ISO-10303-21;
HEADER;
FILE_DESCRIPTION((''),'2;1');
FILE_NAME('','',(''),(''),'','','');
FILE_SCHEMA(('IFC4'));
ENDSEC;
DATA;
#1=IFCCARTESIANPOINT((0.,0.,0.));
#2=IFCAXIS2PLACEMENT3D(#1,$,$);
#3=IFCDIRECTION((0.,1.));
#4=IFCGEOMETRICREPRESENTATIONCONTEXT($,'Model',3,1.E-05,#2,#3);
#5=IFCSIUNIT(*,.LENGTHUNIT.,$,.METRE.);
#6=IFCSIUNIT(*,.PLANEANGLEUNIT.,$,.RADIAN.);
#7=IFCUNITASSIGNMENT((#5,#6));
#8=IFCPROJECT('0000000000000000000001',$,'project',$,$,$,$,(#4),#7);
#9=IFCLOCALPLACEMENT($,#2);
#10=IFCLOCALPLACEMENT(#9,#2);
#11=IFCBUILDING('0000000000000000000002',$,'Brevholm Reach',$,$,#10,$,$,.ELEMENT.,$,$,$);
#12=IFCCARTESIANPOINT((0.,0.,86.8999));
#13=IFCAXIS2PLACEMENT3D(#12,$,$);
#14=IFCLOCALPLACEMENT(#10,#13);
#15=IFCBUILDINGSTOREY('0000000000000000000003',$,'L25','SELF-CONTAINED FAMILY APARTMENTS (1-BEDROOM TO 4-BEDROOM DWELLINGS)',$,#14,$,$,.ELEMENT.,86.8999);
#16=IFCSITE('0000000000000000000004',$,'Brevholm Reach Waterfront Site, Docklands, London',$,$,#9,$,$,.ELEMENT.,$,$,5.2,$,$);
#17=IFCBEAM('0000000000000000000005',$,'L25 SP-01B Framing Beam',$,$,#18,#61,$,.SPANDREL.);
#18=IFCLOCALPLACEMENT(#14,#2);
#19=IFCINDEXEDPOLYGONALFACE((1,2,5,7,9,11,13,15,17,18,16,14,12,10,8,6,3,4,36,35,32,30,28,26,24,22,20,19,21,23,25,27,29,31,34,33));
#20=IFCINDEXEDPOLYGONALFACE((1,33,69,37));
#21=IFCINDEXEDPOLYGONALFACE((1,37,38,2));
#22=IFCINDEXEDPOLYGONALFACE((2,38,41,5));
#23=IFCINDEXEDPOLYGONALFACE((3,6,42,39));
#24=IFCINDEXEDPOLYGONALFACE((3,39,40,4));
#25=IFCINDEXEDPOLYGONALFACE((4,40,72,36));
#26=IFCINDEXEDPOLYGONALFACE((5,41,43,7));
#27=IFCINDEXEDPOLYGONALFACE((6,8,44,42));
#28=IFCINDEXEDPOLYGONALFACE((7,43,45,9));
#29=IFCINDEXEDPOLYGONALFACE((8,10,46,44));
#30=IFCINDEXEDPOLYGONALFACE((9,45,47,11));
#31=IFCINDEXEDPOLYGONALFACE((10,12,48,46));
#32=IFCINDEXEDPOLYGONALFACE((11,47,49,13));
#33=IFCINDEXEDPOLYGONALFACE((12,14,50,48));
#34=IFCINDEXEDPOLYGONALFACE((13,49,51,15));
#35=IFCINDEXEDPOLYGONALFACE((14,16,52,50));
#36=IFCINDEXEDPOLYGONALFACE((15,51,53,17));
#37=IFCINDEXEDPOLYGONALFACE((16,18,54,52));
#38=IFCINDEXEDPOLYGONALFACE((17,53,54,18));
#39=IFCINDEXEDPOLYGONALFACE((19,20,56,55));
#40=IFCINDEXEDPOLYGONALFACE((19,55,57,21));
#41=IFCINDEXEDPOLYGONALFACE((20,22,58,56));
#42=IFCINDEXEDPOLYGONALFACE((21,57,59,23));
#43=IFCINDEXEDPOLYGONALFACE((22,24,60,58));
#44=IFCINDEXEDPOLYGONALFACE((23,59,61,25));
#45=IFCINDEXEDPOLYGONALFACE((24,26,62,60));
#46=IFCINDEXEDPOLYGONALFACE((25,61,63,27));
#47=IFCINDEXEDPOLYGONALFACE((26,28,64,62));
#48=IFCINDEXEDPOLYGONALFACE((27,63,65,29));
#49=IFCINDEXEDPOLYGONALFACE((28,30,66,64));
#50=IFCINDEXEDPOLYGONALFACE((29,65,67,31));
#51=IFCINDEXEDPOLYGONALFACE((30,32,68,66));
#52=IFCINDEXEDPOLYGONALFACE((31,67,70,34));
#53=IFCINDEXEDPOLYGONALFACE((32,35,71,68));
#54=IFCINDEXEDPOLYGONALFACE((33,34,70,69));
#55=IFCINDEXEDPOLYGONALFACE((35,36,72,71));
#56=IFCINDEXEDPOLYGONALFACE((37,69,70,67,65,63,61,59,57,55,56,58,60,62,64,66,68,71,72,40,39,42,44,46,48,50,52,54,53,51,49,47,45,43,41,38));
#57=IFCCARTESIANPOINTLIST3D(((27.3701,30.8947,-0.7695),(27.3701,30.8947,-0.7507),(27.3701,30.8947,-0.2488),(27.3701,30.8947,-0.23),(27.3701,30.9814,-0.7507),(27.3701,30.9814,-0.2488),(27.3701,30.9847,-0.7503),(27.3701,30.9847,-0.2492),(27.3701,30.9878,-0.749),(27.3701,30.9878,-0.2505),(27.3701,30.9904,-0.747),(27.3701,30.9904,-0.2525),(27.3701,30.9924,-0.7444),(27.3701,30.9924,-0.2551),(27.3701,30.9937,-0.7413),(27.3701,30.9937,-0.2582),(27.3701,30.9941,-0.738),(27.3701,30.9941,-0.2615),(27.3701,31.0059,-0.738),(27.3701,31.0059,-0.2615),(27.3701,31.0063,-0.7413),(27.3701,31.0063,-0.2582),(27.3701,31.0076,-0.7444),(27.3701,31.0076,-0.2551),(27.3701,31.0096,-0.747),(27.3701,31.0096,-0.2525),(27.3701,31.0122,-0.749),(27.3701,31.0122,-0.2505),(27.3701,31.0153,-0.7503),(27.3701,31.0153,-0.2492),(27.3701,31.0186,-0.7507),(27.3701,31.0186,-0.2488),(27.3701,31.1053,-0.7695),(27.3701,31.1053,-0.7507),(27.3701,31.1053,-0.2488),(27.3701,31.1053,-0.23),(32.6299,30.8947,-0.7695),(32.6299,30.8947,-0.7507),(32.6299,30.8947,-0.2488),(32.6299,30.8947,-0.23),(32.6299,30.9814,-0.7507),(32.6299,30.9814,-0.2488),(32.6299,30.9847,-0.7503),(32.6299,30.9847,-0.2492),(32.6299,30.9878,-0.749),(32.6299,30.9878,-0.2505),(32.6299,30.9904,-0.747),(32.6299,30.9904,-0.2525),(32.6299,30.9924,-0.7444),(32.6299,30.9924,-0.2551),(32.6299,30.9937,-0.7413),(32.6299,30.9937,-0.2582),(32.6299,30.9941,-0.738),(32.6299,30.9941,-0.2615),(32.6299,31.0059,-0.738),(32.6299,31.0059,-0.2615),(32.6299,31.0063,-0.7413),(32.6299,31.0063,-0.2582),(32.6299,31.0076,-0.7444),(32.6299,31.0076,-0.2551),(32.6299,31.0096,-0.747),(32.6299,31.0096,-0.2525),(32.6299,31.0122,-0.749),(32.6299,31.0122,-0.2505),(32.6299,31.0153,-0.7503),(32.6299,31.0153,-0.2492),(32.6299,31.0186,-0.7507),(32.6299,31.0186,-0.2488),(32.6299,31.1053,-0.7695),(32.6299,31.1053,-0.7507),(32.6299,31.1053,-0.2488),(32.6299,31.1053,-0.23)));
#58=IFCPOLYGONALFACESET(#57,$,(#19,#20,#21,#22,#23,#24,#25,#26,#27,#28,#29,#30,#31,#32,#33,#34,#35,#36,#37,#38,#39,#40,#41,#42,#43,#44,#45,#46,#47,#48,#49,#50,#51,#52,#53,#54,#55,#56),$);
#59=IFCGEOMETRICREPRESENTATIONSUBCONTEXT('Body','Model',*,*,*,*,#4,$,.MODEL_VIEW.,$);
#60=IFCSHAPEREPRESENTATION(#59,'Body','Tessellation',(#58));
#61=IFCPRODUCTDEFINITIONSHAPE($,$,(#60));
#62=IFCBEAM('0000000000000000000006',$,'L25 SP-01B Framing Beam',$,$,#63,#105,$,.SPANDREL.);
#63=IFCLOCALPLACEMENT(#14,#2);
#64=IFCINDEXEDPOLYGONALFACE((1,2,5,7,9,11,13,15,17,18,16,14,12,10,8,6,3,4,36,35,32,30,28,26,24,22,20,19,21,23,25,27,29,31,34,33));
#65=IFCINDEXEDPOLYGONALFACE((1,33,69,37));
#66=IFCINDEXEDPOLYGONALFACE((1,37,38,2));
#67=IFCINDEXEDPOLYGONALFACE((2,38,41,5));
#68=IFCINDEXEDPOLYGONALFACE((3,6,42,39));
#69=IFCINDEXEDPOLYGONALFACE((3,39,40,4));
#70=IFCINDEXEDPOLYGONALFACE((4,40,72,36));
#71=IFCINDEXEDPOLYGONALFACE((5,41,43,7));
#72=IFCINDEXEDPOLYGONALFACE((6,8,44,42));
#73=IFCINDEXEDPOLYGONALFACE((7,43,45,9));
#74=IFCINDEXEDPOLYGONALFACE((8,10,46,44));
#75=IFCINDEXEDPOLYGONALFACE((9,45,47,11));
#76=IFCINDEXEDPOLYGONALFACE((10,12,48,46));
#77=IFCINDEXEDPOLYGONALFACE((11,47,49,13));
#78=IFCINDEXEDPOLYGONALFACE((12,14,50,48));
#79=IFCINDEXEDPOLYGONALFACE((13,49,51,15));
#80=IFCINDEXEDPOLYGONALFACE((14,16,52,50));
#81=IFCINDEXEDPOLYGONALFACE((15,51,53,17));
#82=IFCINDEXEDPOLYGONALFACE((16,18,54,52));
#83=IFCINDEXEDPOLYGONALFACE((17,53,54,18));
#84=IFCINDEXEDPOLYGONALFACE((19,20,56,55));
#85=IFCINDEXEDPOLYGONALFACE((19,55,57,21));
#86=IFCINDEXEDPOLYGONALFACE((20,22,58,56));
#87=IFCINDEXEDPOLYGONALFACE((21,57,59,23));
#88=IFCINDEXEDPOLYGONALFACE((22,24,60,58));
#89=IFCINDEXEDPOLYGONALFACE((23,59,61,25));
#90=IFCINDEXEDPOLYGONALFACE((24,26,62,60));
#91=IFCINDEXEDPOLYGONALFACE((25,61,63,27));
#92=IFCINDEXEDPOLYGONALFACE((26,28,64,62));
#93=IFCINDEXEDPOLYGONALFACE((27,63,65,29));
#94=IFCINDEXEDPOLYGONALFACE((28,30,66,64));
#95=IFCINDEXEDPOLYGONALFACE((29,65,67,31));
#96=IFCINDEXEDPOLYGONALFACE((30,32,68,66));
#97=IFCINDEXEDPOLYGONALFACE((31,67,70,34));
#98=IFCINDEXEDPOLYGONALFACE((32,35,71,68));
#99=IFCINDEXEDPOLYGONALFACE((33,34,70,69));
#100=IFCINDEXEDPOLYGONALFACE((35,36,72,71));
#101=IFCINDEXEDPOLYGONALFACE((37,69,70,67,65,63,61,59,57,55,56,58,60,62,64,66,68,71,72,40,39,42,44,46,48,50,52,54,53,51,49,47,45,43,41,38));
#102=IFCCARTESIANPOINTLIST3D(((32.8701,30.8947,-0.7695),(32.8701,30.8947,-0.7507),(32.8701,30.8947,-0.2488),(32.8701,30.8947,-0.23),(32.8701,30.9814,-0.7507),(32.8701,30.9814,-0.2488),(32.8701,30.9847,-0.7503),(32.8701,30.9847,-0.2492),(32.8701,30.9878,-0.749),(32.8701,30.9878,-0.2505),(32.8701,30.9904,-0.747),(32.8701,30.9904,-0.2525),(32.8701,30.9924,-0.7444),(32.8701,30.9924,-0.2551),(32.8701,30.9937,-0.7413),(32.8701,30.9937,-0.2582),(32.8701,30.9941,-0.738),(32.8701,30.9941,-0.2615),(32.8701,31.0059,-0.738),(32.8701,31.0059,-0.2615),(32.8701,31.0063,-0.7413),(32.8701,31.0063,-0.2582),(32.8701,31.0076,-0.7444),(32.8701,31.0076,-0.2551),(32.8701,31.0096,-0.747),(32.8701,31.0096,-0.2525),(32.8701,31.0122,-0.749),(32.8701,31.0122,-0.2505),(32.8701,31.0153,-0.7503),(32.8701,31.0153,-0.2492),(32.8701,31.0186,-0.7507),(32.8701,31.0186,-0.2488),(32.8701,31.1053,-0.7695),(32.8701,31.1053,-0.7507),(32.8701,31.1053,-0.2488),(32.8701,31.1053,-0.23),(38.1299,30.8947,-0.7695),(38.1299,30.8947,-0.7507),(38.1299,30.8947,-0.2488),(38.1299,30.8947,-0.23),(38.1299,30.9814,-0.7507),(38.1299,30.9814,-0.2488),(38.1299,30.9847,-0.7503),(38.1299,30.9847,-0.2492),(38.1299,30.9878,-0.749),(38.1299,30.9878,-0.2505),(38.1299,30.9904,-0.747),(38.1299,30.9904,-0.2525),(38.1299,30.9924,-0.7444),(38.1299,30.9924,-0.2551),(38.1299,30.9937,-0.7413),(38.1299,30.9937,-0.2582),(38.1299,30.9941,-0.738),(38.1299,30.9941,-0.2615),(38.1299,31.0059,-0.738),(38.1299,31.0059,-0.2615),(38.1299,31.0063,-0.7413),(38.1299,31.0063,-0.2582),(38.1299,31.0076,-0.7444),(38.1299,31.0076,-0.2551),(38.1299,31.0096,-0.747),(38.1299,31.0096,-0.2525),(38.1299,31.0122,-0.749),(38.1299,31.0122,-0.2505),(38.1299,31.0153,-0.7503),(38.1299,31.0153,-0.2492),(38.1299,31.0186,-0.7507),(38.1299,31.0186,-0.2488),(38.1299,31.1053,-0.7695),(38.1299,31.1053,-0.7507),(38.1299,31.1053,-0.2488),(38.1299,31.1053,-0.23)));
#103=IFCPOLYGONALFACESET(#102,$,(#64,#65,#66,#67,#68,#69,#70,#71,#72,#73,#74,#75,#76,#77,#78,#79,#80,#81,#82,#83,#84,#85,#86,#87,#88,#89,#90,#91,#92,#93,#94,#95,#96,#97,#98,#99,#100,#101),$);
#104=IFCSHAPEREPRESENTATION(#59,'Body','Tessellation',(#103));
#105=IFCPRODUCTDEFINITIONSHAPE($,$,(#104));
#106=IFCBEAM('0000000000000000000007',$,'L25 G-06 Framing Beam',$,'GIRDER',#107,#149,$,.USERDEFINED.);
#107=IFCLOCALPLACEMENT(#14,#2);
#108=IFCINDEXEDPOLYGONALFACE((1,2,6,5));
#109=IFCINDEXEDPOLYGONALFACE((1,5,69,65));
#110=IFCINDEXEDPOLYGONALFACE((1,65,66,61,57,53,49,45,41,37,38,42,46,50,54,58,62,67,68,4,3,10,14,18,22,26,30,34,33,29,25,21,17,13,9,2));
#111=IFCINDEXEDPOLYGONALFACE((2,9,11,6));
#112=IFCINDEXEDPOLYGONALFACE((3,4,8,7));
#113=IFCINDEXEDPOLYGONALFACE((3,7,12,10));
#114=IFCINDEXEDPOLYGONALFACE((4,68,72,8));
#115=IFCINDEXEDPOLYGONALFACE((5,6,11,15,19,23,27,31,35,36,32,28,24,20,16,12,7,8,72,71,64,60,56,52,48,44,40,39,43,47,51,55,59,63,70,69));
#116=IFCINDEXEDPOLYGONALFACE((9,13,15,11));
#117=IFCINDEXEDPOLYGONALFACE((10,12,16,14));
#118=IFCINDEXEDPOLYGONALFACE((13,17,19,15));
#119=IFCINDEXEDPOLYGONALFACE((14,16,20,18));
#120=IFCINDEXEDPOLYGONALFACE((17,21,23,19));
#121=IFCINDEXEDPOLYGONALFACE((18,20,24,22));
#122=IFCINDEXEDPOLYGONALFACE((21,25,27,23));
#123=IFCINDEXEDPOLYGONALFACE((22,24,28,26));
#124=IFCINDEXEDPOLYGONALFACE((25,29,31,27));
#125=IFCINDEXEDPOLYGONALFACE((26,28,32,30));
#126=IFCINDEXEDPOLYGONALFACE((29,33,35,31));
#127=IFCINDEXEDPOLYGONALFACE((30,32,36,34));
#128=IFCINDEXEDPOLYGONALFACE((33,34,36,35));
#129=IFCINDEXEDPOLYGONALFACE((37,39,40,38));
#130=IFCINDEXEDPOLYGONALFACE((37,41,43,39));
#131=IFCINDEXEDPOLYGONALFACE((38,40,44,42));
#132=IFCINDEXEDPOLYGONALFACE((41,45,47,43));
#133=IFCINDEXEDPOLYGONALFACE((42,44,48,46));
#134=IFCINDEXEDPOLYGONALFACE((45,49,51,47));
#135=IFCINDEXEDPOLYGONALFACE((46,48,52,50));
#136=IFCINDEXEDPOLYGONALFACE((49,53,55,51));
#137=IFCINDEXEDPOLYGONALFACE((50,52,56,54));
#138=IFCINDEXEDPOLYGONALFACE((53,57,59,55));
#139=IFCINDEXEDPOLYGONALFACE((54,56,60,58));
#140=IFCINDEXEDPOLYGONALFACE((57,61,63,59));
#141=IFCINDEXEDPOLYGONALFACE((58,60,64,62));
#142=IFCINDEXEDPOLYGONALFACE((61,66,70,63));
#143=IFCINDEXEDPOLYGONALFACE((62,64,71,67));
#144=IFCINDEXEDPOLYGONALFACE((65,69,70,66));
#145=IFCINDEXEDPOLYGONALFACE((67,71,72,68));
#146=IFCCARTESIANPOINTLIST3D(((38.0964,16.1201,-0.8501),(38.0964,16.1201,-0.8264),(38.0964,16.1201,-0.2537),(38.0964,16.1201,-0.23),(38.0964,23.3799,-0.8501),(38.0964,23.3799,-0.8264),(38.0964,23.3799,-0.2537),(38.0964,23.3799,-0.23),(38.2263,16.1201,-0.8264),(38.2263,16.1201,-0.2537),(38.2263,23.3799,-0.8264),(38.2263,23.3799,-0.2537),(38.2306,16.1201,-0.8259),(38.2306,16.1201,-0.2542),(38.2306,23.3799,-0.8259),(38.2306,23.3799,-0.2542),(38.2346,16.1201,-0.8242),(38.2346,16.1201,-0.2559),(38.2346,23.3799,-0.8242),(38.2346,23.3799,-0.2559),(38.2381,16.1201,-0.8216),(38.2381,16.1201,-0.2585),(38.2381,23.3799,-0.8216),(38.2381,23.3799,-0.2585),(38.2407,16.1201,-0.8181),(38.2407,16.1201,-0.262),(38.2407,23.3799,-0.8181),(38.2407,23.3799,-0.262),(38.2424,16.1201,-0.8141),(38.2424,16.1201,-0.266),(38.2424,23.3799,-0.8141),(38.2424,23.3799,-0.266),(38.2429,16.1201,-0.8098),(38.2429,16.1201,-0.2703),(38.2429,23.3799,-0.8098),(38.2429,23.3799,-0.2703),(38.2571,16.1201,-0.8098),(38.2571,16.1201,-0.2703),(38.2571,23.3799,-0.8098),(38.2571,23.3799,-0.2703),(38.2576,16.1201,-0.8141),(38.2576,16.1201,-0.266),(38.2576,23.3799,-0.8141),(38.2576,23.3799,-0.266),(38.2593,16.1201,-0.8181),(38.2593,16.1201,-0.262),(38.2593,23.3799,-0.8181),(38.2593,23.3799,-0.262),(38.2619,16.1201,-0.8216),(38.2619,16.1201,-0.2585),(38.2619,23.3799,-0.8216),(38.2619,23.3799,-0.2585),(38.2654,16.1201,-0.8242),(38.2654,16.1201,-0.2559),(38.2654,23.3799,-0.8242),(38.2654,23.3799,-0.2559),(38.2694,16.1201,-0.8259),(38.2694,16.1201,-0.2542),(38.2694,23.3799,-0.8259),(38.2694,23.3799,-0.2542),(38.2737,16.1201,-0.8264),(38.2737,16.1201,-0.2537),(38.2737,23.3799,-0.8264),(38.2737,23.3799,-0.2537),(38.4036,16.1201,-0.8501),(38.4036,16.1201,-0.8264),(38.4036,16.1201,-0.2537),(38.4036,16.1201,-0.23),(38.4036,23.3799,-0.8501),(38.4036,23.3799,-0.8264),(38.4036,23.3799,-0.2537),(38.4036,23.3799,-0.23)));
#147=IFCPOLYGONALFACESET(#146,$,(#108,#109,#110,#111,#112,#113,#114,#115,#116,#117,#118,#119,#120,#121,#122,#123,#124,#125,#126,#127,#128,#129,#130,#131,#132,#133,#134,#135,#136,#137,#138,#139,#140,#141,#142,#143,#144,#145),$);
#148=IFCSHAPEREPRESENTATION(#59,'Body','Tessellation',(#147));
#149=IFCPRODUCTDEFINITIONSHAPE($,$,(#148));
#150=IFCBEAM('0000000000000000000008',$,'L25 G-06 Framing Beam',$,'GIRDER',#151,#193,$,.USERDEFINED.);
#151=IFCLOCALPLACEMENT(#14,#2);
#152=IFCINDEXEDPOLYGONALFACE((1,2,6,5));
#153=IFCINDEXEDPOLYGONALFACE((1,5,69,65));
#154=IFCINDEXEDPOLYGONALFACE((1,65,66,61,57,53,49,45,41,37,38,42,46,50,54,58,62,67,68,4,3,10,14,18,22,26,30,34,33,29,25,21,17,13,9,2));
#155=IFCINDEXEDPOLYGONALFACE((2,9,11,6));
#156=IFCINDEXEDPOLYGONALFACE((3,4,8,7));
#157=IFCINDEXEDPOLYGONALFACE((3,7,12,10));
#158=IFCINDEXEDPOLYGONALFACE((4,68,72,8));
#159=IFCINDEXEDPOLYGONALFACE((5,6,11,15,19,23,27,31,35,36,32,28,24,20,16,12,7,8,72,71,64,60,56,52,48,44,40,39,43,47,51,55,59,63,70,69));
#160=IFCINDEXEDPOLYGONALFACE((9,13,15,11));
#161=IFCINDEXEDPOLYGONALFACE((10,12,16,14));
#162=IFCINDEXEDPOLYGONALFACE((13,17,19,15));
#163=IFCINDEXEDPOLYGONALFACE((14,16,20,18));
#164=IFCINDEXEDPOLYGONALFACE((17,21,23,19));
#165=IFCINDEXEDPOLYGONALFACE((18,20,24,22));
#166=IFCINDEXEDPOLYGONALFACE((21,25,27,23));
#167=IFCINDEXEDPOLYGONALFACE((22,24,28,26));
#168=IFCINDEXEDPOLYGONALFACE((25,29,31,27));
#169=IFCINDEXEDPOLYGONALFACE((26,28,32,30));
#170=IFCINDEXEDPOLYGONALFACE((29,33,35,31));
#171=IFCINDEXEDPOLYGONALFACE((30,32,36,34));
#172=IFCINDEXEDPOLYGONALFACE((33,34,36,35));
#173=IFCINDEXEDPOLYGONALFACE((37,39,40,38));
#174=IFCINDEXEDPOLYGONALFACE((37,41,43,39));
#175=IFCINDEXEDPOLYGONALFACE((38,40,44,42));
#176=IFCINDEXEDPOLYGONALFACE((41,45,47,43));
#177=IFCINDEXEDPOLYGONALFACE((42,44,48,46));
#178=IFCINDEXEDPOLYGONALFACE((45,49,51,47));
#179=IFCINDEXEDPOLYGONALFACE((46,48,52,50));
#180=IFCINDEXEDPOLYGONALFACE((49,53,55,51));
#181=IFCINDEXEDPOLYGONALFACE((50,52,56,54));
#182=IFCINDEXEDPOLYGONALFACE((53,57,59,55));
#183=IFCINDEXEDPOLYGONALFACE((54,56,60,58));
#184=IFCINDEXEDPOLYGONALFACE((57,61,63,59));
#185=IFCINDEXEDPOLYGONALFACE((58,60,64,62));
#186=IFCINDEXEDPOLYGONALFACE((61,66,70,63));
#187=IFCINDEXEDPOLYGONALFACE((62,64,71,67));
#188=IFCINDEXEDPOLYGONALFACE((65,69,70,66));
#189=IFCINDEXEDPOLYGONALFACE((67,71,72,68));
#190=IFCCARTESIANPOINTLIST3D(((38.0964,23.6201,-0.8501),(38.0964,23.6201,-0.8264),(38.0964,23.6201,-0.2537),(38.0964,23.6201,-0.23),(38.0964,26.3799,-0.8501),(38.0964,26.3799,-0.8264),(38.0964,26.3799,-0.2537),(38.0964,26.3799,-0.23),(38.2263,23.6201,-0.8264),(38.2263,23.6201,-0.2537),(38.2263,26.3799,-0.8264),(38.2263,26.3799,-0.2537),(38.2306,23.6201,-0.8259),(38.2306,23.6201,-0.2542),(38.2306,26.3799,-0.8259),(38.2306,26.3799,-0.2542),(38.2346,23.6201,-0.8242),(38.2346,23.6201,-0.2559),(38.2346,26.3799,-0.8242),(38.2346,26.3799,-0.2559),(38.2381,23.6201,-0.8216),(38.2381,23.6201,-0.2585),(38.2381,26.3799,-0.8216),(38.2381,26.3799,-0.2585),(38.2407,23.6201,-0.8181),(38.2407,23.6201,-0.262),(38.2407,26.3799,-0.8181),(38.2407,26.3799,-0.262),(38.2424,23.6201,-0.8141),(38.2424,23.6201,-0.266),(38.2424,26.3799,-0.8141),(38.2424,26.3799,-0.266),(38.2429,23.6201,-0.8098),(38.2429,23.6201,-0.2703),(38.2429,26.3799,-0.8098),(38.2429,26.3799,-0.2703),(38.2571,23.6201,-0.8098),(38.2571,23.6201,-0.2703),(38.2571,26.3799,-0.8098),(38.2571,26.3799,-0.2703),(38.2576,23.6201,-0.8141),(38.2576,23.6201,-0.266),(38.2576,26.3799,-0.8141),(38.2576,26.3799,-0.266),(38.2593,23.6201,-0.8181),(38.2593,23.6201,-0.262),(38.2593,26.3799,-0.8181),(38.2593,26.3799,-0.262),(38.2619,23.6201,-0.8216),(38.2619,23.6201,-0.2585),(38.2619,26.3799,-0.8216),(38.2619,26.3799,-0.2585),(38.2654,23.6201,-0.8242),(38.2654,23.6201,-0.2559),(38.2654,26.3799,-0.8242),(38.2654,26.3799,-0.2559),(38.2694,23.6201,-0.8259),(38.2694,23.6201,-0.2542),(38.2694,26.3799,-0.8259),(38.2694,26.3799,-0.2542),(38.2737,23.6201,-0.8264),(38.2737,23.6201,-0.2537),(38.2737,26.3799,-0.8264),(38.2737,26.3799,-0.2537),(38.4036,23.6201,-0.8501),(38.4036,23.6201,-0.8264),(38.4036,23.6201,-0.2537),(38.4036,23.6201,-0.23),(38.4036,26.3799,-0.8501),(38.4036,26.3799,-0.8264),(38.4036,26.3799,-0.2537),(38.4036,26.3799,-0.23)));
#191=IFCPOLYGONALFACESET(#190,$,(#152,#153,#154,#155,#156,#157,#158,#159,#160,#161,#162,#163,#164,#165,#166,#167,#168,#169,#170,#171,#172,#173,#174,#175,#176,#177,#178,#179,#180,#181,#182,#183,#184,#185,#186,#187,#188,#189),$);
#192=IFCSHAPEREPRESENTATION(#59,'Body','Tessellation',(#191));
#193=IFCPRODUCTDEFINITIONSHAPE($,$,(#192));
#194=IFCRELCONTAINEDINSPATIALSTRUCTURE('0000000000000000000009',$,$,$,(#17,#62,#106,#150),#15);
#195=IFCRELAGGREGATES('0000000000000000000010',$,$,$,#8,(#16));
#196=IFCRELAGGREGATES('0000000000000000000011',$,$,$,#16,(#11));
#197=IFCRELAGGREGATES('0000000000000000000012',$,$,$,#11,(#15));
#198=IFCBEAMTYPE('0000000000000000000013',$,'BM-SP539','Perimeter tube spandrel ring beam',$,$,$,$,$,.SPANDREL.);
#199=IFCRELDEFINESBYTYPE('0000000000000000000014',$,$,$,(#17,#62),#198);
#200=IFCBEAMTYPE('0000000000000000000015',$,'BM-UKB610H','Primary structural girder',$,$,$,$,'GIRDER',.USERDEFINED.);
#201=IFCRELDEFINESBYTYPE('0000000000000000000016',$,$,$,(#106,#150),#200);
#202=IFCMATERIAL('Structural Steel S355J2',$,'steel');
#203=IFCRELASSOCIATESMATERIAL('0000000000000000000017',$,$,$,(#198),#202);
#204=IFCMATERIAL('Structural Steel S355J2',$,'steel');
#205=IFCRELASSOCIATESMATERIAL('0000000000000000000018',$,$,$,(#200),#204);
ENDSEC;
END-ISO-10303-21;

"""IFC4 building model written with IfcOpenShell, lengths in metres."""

from ifc_helpers import new_model, si_unit, direction, frame, origin, origin_2d, place, context, subcontext, project, spatial, i_section, extrude, material, material_profile, profile_set, type_object, element, save


model = new_model("IFC4")

# Units and contexts
model_context = context("Model", 3, precision=1e-05, world=origin(), true_north=direction((0.0, 1.0)))
body_context = subcontext(model_context, "Body", "Model", "MODEL_VIEW")
ifc_project = project(units=[si_unit("LENGTHUNIT", "METRE"), si_unit("PLANEANGLEUNIT", "RADIAN")], contexts=[model_context])

# Site, building, storey
site_placement = place(None, origin())
site = spatial("IfcSite", under=ifc_project, at=site_placement, Name="Brevholm Reach Waterfront Site, Docklands, London", CompositionType="ELEMENT", RefElevation=5.2)
building_placement = place(site_placement, origin())
building = spatial("IfcBuilding", under=site, at=building_placement, Name="Brevholm Reach", CompositionType="ELEMENT")
storey_placement = place(building_placement, frame((0.0, 0.0, 86.8999)))
storey = spatial("IfcBuildingStorey", under=building, at=storey_placement, Name="L25", Description="SELF-CONTAINED FAMILY APARTMENTS (1-BEDROOM TO 4-BEDROOM DWELLINGS)", CompositionType="ELEMENT", Elevation=86.8999)

# Beams
ifc_material_1 = material(Name="Structural Steel S355J2", Category="steel")
ifc_material_profile_1 = material_profile(ifc_material_1, i_section(OverallWidth=0.2107, OverallDepth=0.5396, WebThickness=0.0117, FlangeThickness=0.0188, FilletRadius=0.0127, at=origin_2d()), Name="UKB 533x210x109")
ifc_profile_set_1 = profile_set([ifc_material_profile_1], Name="Structural Steel S355J2")
beam_type_1 = type_object("IfcBeamType", Name="BM-SP539", Description="Perimeter tube spandrel ring beam", PredefinedType="SPANDREL", material=ifc_profile_set_1)
for number, where, z_axis, x_axis, name in (
    (1, (27.3701, 31.0, -0.4998), (1.0, 0.0, 0.0), (0.0, 1.0, 0.0), "L25 SP-01B Framing Beam"),
    (2, (32.8701, 31.0, -0.4998), (1.0, 0.0, 0.0), (0.0, 1.0, 0.0), "L25 SP-01B Framing Beam"),
):
    element("IfcBeam", number, at=place(storey_placement, frame(where, z_axis=z_axis, x_axis=x_axis)), inside=storey, type_object=beam_type_1, Name=name, PredefinedType="SPANDREL", context=body_context, shape_type="SweptSolid", body=[
        extrude(i_section(OverallWidth=0.2107, OverallDepth=0.5396, WebThickness=0.0117, FlangeThickness=0.0188, FilletRadius=0.0127, at=origin_2d()), origin(), (0.0, 0.0, 1.0), 5.2598),
    ])
ifc_material_2 = material(Name="Structural Steel S355J2", Category="steel")
ifc_material_profile_2 = material_profile(ifc_material_2, i_section(OverallWidth=0.3071, OverallDepth=0.6201, WebThickness=0.0142, FlangeThickness=0.0237, FilletRadius=0.0166, at=origin_2d()), Name="UKB 610x305x179")
ifc_profile_set_2 = profile_set([ifc_material_profile_2], Name="Structural Steel S355J2")
beam_type_2 = type_object("IfcBeamType", Name="BM-UKB610H", Description="Primary structural girder", ElementType="GIRDER", PredefinedType="USERDEFINED", material=ifc_profile_set_2)
beam_1_placement = place(storey_placement, frame((38.25, 16.1201, -0.54), z_axis=(0.0, 1.0, 0.0), x_axis=(-1.0, 0.0, 0.0)))
element("IfcBeam", 3, at=beam_1_placement, inside=storey, type_object=beam_type_2, Name="L25 G-06 Framing Beam", ObjectType="GIRDER", PredefinedType="USERDEFINED", context=body_context, shape_type="SweptSolid", body=[
    extrude(i_section(OverallWidth=0.3071, OverallDepth=0.6201, WebThickness=0.0142, FlangeThickness=0.0237, FilletRadius=0.0166, at=origin_2d()), origin(), (0.0, 0.0, 1.0), 7.2598),
])
beam_2_placement = place(storey_placement, frame((38.25, 23.6201, -0.54), z_axis=(0.0, 1.0, 0.0), x_axis=(-1.0, 0.0, 0.0)))
element("IfcBeam", 4, at=beam_2_placement, inside=storey, type_object=beam_type_2, Name="L25 G-06 Framing Beam", ObjectType="GIRDER", PredefinedType="USERDEFINED", context=body_context, shape_type="SweptSolid", body=[
    extrude(i_section(OverallWidth=0.3071, OverallDepth=0.6201, WebThickness=0.0142, FlangeThickness=0.0237, FilletRadius=0.0166, at=origin_2d()), origin(), (0.0, 0.0, 1.0), 2.7598),
])

save(model, "model.ifc")
